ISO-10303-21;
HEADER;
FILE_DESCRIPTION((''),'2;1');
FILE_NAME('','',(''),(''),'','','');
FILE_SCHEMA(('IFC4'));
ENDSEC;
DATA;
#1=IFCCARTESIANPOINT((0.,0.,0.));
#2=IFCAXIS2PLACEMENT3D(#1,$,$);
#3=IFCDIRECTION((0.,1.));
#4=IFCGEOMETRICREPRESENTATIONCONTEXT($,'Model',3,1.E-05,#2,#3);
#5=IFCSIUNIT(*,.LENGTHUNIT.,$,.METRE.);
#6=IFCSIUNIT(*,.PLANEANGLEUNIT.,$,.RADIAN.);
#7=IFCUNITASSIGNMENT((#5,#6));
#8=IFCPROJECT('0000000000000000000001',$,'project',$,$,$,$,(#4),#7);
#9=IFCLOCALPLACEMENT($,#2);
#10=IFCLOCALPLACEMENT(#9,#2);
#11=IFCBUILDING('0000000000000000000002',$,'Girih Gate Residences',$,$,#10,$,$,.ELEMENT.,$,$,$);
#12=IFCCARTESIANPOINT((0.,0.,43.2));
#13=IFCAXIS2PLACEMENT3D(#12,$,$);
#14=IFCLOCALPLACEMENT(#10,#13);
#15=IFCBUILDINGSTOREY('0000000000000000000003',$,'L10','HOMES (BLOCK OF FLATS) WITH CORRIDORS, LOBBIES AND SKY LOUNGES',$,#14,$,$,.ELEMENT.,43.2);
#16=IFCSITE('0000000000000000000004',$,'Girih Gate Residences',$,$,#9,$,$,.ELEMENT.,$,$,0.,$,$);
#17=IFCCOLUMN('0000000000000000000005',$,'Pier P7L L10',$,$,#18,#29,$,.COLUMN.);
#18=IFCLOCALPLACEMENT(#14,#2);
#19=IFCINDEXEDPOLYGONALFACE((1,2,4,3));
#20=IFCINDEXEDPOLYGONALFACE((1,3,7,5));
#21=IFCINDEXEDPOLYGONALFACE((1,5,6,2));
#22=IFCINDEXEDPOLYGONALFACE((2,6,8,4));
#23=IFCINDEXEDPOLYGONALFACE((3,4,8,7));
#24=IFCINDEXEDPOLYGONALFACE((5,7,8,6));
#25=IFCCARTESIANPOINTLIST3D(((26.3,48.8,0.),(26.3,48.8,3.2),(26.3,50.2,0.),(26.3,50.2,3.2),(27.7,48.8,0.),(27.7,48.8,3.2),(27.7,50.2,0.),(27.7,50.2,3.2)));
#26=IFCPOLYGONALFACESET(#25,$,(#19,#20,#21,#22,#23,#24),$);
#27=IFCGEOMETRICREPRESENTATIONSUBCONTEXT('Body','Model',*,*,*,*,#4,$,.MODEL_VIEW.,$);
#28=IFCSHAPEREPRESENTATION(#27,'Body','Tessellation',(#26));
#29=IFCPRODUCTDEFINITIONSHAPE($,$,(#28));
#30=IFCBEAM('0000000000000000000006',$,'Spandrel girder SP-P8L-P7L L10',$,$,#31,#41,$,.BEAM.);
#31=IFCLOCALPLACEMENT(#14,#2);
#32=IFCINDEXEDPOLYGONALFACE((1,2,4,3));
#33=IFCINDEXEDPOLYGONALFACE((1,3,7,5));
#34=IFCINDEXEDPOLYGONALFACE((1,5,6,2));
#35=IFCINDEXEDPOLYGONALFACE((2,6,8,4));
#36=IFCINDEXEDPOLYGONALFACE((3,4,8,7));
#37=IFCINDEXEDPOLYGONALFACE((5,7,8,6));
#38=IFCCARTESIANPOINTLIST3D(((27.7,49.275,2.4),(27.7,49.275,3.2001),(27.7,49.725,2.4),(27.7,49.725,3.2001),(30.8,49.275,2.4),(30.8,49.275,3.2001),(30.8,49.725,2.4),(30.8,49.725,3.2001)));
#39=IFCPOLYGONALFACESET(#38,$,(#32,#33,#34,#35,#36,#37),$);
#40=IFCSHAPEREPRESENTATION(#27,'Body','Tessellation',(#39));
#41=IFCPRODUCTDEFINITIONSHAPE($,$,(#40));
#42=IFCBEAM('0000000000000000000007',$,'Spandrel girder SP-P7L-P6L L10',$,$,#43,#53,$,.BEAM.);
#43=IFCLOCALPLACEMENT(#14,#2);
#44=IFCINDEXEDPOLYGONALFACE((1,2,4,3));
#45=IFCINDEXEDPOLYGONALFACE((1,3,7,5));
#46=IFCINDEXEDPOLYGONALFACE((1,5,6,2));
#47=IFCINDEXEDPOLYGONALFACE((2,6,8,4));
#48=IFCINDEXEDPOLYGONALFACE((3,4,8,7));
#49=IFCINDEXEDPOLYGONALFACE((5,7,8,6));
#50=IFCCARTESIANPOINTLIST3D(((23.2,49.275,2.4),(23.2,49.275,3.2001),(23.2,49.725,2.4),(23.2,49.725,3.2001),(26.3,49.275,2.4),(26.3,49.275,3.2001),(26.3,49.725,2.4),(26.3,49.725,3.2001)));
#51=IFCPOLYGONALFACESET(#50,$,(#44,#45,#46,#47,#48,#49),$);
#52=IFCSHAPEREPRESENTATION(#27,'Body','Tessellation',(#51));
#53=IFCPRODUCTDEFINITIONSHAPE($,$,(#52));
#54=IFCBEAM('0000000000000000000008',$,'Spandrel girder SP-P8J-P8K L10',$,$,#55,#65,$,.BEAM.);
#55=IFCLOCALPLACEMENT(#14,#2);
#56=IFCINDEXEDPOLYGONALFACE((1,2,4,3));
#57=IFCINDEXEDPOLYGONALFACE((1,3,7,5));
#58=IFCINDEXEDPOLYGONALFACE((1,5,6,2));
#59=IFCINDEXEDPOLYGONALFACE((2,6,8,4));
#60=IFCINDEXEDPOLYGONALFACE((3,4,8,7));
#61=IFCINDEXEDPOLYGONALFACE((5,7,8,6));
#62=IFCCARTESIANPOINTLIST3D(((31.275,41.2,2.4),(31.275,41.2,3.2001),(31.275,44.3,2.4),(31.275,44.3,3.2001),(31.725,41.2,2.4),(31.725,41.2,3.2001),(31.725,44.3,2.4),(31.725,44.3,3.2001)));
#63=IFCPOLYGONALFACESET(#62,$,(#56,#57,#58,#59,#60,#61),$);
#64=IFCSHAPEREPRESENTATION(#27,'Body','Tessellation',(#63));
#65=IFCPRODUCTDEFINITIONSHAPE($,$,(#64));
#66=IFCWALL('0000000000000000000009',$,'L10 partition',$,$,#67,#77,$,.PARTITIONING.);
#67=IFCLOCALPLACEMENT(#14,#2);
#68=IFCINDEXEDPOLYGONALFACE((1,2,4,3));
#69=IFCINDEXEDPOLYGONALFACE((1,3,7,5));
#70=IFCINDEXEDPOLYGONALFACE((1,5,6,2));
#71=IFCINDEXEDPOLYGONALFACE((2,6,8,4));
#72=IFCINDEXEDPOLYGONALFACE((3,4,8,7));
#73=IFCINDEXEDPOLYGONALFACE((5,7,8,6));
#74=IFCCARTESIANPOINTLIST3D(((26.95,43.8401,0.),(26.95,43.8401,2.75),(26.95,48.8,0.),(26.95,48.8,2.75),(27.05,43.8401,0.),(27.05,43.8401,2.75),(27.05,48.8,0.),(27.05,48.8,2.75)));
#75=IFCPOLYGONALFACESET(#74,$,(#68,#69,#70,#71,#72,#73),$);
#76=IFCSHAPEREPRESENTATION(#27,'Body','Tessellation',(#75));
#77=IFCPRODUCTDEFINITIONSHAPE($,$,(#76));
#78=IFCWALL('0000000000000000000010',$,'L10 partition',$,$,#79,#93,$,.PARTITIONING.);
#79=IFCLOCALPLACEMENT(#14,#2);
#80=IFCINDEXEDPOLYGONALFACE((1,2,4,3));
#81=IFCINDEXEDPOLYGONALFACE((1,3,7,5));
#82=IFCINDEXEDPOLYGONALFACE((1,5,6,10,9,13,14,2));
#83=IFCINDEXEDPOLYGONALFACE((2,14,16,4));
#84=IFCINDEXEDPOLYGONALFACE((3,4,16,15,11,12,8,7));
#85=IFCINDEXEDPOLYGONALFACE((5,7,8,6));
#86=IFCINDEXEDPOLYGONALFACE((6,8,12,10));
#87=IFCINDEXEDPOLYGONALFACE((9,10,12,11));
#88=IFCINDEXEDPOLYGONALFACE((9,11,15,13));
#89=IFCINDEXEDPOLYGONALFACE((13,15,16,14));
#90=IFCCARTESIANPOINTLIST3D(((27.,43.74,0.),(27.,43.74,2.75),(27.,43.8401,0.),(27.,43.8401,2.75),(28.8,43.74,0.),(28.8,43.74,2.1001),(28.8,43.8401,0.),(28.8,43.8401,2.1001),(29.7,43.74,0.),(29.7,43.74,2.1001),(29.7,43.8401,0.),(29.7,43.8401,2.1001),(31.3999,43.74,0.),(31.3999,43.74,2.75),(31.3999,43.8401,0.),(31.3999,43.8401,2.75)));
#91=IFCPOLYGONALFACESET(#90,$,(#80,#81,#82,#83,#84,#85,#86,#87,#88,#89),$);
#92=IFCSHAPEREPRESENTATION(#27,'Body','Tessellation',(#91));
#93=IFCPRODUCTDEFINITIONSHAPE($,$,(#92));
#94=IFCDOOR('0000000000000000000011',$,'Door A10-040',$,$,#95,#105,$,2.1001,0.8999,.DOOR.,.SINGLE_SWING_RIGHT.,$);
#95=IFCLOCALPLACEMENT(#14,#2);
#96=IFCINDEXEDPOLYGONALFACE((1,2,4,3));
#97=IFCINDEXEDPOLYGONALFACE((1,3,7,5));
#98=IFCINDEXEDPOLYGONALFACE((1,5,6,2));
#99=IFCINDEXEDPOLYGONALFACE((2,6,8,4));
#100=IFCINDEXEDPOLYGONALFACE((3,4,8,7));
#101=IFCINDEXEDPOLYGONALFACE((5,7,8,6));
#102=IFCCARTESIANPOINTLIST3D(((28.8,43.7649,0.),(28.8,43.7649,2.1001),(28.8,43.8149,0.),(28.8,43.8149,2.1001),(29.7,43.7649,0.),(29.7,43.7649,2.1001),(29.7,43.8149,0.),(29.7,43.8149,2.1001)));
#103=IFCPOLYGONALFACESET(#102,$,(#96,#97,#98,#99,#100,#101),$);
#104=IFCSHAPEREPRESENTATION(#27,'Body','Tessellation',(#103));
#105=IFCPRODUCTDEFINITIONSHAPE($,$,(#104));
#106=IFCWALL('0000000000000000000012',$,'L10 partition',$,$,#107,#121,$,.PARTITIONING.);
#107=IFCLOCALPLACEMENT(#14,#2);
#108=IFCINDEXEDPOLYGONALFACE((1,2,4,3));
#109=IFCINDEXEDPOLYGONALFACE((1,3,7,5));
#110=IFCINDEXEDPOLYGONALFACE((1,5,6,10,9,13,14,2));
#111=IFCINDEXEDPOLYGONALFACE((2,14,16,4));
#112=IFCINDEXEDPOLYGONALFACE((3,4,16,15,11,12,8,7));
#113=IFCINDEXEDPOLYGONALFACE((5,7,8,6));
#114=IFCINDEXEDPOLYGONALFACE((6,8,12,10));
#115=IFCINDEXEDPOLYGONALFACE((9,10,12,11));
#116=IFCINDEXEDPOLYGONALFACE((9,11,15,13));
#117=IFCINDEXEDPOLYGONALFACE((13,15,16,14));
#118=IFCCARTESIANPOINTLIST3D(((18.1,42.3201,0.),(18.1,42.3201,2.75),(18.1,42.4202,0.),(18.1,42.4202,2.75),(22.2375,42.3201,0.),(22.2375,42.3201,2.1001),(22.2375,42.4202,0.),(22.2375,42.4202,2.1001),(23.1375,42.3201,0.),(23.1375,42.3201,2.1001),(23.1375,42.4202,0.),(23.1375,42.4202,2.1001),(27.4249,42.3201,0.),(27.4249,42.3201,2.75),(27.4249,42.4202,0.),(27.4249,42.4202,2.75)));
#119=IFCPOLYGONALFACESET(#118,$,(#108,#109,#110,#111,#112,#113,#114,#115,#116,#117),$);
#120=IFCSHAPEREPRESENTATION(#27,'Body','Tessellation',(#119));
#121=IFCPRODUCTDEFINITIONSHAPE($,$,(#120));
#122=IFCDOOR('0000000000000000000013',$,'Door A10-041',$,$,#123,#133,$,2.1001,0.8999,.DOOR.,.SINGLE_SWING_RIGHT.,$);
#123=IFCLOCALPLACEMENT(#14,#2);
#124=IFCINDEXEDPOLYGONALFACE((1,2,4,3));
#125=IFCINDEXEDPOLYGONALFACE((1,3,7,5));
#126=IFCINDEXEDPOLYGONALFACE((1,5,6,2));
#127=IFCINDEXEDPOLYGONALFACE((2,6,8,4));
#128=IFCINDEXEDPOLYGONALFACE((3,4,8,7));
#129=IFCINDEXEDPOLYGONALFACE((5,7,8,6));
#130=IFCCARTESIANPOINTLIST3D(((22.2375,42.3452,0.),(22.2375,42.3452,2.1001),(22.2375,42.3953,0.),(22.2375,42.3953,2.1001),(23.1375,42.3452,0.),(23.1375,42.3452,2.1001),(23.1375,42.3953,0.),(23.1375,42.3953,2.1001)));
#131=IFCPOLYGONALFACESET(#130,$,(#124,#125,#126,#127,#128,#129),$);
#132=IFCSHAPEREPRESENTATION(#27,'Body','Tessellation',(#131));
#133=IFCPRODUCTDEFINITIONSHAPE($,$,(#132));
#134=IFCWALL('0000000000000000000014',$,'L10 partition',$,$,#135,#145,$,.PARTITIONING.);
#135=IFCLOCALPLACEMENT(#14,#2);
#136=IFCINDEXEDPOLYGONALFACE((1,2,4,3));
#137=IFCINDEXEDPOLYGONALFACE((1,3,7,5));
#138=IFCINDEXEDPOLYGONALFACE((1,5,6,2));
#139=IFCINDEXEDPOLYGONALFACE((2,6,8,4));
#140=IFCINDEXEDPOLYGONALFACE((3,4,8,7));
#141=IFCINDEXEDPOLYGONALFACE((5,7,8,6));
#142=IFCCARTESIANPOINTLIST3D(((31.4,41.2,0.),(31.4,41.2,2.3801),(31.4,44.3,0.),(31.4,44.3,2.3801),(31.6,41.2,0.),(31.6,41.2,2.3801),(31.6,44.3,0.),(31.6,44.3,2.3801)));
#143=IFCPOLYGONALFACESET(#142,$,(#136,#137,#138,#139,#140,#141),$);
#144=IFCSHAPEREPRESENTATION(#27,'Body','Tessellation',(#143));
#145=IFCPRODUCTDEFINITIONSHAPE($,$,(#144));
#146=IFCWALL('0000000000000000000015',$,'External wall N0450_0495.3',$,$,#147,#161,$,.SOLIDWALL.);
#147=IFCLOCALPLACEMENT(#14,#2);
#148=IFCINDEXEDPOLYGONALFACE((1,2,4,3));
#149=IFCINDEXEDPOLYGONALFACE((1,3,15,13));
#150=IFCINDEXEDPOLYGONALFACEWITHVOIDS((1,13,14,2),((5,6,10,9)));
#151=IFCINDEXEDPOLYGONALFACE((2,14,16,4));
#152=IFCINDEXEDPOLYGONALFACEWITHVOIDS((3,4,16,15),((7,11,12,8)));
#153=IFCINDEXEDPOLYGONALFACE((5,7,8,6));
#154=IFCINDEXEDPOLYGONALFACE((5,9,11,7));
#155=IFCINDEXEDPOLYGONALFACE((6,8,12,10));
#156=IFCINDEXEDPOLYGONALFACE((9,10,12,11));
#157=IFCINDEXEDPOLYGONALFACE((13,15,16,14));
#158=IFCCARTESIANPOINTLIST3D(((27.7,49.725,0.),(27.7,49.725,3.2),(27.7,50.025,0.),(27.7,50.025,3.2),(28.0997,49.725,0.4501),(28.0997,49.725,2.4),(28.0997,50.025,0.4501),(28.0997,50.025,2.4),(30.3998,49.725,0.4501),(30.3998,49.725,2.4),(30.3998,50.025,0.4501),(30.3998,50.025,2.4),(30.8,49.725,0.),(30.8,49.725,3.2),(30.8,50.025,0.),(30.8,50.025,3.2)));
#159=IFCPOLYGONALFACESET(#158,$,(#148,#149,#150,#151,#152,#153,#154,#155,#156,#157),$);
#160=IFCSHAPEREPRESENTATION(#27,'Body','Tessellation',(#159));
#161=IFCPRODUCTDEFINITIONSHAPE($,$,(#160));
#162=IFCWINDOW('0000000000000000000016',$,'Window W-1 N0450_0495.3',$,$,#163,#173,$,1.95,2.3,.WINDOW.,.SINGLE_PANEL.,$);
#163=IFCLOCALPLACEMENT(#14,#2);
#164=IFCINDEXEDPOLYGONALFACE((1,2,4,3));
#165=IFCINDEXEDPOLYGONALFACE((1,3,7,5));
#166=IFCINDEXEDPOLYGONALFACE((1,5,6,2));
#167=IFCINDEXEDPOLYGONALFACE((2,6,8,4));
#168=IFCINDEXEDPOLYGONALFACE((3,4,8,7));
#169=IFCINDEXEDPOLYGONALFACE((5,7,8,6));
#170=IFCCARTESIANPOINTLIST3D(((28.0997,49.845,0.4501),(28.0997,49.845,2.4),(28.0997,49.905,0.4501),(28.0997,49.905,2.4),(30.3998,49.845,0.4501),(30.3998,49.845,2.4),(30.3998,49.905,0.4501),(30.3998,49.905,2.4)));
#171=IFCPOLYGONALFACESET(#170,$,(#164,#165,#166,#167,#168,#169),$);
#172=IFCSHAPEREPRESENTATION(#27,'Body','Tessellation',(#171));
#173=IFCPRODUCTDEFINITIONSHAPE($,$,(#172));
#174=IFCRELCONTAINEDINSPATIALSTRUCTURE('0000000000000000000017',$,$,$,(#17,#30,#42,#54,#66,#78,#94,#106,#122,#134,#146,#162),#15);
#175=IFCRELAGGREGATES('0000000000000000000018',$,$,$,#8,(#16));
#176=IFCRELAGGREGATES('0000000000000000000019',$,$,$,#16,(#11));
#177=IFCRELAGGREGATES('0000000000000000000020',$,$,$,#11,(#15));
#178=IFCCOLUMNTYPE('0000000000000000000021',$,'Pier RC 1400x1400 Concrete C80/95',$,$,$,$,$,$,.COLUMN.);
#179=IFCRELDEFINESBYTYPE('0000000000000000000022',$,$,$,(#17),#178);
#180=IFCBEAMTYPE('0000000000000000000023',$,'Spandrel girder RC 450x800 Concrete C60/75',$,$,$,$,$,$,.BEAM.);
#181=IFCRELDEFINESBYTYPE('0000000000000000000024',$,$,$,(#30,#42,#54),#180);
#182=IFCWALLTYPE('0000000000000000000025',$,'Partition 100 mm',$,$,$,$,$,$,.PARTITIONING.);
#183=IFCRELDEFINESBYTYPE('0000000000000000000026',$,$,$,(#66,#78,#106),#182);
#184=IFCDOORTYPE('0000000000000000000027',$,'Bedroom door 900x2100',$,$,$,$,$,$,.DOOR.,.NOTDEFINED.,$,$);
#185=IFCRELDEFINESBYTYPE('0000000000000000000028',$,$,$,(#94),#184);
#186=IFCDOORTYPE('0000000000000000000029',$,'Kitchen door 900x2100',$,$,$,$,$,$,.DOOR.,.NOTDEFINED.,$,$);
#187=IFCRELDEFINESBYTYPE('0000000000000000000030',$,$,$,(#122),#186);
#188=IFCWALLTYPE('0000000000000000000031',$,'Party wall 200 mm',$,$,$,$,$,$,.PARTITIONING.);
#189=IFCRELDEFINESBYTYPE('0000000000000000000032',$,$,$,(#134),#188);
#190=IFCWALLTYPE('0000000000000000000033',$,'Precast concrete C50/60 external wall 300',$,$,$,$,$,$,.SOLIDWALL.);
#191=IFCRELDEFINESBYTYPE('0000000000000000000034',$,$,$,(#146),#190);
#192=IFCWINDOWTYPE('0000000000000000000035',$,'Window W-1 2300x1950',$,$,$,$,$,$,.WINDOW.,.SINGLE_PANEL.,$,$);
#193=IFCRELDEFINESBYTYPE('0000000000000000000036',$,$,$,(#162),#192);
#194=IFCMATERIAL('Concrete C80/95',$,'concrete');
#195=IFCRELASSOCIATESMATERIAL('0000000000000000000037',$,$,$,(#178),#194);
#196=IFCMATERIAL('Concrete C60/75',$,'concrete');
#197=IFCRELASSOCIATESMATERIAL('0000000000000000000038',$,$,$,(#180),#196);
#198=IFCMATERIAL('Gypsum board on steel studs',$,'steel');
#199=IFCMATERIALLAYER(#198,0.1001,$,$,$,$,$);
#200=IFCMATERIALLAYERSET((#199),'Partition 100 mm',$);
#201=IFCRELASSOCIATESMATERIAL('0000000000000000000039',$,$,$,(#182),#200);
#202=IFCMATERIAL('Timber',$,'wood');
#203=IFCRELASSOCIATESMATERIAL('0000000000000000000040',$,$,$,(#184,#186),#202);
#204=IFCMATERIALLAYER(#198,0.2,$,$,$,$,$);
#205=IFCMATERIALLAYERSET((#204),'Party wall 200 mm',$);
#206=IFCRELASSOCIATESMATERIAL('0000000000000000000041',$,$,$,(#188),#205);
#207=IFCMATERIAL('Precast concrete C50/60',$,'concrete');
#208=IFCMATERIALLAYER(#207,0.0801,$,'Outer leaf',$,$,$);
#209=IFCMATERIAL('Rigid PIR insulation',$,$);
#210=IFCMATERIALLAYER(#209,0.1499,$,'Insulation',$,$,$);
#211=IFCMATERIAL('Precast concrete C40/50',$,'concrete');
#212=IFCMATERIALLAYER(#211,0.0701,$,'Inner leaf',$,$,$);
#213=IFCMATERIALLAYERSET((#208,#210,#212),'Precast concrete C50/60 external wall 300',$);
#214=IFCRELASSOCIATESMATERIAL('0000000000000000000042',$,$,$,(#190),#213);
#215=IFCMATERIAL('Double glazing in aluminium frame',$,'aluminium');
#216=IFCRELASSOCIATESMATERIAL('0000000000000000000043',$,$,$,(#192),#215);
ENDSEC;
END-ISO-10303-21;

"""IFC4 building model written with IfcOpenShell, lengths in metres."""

from ifc_helpers import new_model, si_unit, direction, frame, frame_2d, origin, origin_2d, place, context, subcontext, project, spatial, rectangle, extrude, material, layer, layer_set, material_profile, profile_set, type_object, element, fill, save


model = new_model("IFC4")

# Units and contexts
model_context = context("Model", 3, precision=1e-05, world=origin(), true_north=direction((0.0, 1.0)))
body_context = subcontext(model_context, "Body", "Model", "MODEL_VIEW")
ifc_project = project(units=[si_unit("LENGTHUNIT", "METRE"), si_unit("PLANEANGLEUNIT", "RADIAN")], contexts=[model_context])

# Site, building, storey
site_placement = place(None, origin())
site = spatial("IfcSite", under=ifc_project, at=site_placement, Name="Girih Gate Residences", CompositionType="ELEMENT", RefElevation=0.0)
building_placement = place(site_placement, origin())
building = spatial("IfcBuilding", under=site, at=building_placement, Name="Girih Gate Residences", CompositionType="ELEMENT")
storey_placement = place(building_placement, frame((0.0, 0.0, 43.2)))
storey = spatial("IfcBuildingStorey", under=building, at=storey_placement, Name="L10", Description="HOMES (BLOCK OF FLATS) WITH CORRIDORS, LOBBIES AND SKY LOUNGES", CompositionType="ELEMENT", Elevation=43.2)

# Column
ifc_material_1 = material(Name="Concrete C80/95", Category="concrete")
ifc_material_profile_1 = material_profile(ifc_material_1, rectangle(XDim=1.3999, YDim=1.3999, at=origin_2d()))
ifc_profile_set_1 = profile_set([ifc_material_profile_1], Name="Concrete C80/95")
column_type = type_object("IfcColumnType", Name="Pier RC 1400x1400 Concrete C80/95", PredefinedType="COLUMN", material=ifc_profile_set_1)
column_placement = place(storey_placement, frame((27.0, 49.5, 0.0), z_axis=(0.0, 0.0, 1.0), x_axis=(1.0, 0.0, 0.0)))
element("IfcColumn", 1, at=column_placement, inside=storey, type_object=column_type, Name="Pier P7L L10", PredefinedType="COLUMN", context=body_context, shape_type="SweptSolid", body=[
    extrude(rectangle(XDim=1.3999, YDim=1.3999, at=origin_2d()), origin(), (0.0, 0.0, 1.0), 3.2),
])

# Beams
ifc_material_2 = material(Name="Concrete C60/75", Category="concrete")
ifc_material_profile_2 = material_profile(ifc_material_2, rectangle(XDim=0.45, YDim=0.8, at=origin_2d()))
ifc_profile_set_2 = profile_set([ifc_material_profile_2], Name="Concrete C60/75")
beam_type = type_object("IfcBeamType", Name="Spandrel girder RC 450x800 Concrete C60/75", PredefinedType="BEAM", material=ifc_profile_set_2)
for number, where, z_axis, x_axis, name in (
    (2, (30.8, 49.5, 2.8), (-1.0, 0.0, 0.0), (0.0, -1.0, 0.0), "Spandrel girder SP-P8L-P7L L10"),
    (3, (26.3, 49.5, 2.8), (-1.0, 0.0, 0.0), (0.0, -1.0, 0.0), "Spandrel girder SP-P7L-P6L L10"),
    (4, (31.5, 41.2, 2.8), (0.0, 1.0, 0.0), (-1.0, 0.0, 0.0), "Spandrel girder SP-P8J-P8K L10"),
):
    element("IfcBeam", number, at=place(storey_placement, frame(where, z_axis=z_axis, x_axis=x_axis)), inside=storey, type_object=beam_type, Name=name, PredefinedType="BEAM", context=body_context, shape_type="SweptSolid", body=[
        extrude(rectangle(XDim=0.45, YDim=0.8, at=origin_2d()), origin(), (0.0, 0.0, 1.0), 3.1001),
    ])

# Wall
ifc_material_3 = material(Name="Gypsum board on steel studs", Category="steel")
ifc_layer_1 = layer(ifc_material_3, 0.1001)
ifc_layer_set_1 = layer_set([ifc_layer_1], Name="Partition 100 mm")
wall_type_1 = type_object("IfcWallType", Name="Partition 100 mm", PredefinedType="PARTITIONING", material=ifc_layer_set_1)
wall_1_placement = place(storey_placement, frame((27.0, 43.8401, 0.0), z_axis=(0.0, 0.0, 1.0), x_axis=(0.0, 1.0, 0.0)))
element("IfcWall", 5, at=wall_1_placement, inside=storey, type_object=wall_type_1, Name="L10 partition", PredefinedType="PARTITIONING", context=body_context, shape_type="SweptSolid", body=[
    extrude(rectangle(XDim=4.96, YDim=0.1001, at=frame_2d((2.48, 0.0))), origin(), (0.0, 0.0, 1.0), 2.75),
])

# Walls, openings, doors
wall_2_placement = place(storey_placement, frame((27.0, 43.79, 0.0), z_axis=(0.0, 0.0, 1.0), x_axis=(1.0, 0.0, 0.0)))
wall_2 = element("IfcWall", 6, at=wall_2_placement, inside=storey, type_object=wall_type_1, Name="L10 partition", PredefinedType="PARTITIONING", context=body_context, shape_type="SweptSolid", body=[
    extrude(rectangle(XDim=4.3999, YDim=0.1001, at=frame_2d((2.2, 0.0))), origin(), (0.0, 0.0, 1.0), 2.75),
])
opening_1_placement = place(wall_2_placement, frame((1.8, 0.0, 0.0)))
opening_1 = element("IfcOpeningElement", 7, at=opening_1_placement, cuts=wall_2, PredefinedType="OPENING", context=body_context, shape_type="SweptSolid", body=[
    extrude(rectangle(XDim=0.8999, YDim=2.1001, at=frame_2d((0.45, 1.05))), frame((0.0, 0.0601, 0.0), z_axis=(0.0, -1.0, 0.0), x_axis=(1.0, 0.0, 0.0)), (0.0, 0.0, 1.0), 0.1201),
])
ifc_material_4 = material(Name="Timber", Category="wood")
door_type_1 = type_object("IfcDoorType", Name="Bedroom door 900x2100", OperationType="NOTDEFINED", PredefinedType="DOOR", material=ifc_material_4)
door_1_placement = place(opening_1_placement, origin())
door_1 = element("IfcDoor", 8, at=door_1_placement, inside=storey, type_object=door_type_1, Name="Door A10-040", OperationType="SINGLE_SWING_RIGHT", OverallHeight=2.1001, OverallWidth=0.8999, PredefinedType="DOOR", context=body_context, shape_type="SweptSolid", body=[
    extrude(rectangle(XDim=0.8999, YDim=2.1001, at=frame_2d((0.45, 1.05))), frame((0.0, 0.0249, 0.0), z_axis=(0.0, -1.0, 0.0), x_axis=(1.0, 0.0, 0.0)), (0.0, 0.0, 1.0), 0.05),
])
fill(opening_1, door_1)
wall_3_placement = place(storey_placement, frame((27.425, 42.3701, 0.0), z_axis=(0.0, 0.0, 1.0), x_axis=(-1.0, 0.0, 0.0)))
wall_3 = element("IfcWall", 9, at=wall_3_placement, inside=storey, type_object=wall_type_1, Name="L10 partition", PredefinedType="PARTITIONING", context=body_context, shape_type="SweptSolid", body=[
    extrude(rectangle(XDim=9.325, YDim=0.1001, at=frame_2d((4.6626, 0.0))), origin(), (0.0, 0.0, 1.0), 2.75),
])
opening_2_placement = place(wall_3_placement, frame((4.2876, 0.0, 0.0)))
opening_2 = element("IfcOpeningElement", 10, at=opening_2_placement, cuts=wall_3, PredefinedType="OPENING", context=body_context, shape_type="SweptSolid", body=[
    extrude(rectangle(XDim=0.8999, YDim=2.1001, at=frame_2d((0.45, 1.05))), frame((0.0, 0.0601, 0.0), z_axis=(0.0, -1.0, 0.0), x_axis=(1.0, 0.0, 0.0)), (0.0, 0.0, 1.0), 0.1201),
])
door_type_2 = type_object("IfcDoorType", Name="Kitchen door 900x2100", OperationType="NOTDEFINED", PredefinedType="DOOR", material=ifc_material_4)
door_2_placement = place(opening_2_placement, origin())
door_2 = element("IfcDoor", 11, at=door_2_placement, inside=storey, type_object=door_type_2, Name="Door A10-041", OperationType="SINGLE_SWING_RIGHT", OverallHeight=2.1001, OverallWidth=0.8999, PredefinedType="DOOR", context=body_context, shape_type="SweptSolid", body=[
    extrude(rectangle(XDim=0.8999, YDim=2.1001, at=frame_2d((0.45, 1.05))), frame((0.0, 0.0249, 0.0), z_axis=(0.0, -1.0, 0.0), x_axis=(1.0, 0.0, 0.0)), (0.0, 0.0, 1.0), 0.05),
])
fill(opening_2, door_2)

# Wall
ifc_layer_2 = layer(ifc_material_3, 0.2)
ifc_layer_set_2 = layer_set([ifc_layer_2], Name="Party wall 200 mm")
wall_type_2 = type_object("IfcWallType", Name="Party wall 200 mm", PredefinedType="PARTITIONING", material=ifc_layer_set_2)
wall_4_placement = place(storey_placement, frame((31.5, 41.2, 0.0), z_axis=(0.0, 0.0, 1.0), x_axis=(0.0, 1.0, 0.0)))
element("IfcWall", 12, at=wall_4_placement, inside=storey, type_object=wall_type_2, Name="L10 partition", PredefinedType="PARTITIONING", context=body_context, shape_type="SweptSolid", body=[
    extrude(rectangle(XDim=3.1001, YDim=0.2, at=frame_2d((1.55, 0.0))), origin(), (0.0, 0.0, 1.0), 2.3801),
])

# Wall, opening, window
ifc_material_5 = material(Name="Precast concrete C50/60", Category="concrete")
ifc_layer_3 = layer(ifc_material_5, 0.0801, Name="Outer leaf")
ifc_material_6 = material(Name="Rigid PIR insulation")
ifc_layer_4 = layer(ifc_material_6, 0.1499, Name="Insulation")
ifc_material_7 = material(Name="Precast concrete C40/50", Category="concrete")
ifc_layer_5 = layer(ifc_material_7, 0.0701, Name="Inner leaf")
ifc_layer_set_3 = layer_set([ifc_layer_3, ifc_layer_4, ifc_layer_5], Name="Precast concrete C50/60 external wall 300")
wall_type_3 = type_object("IfcWallType", Name="Precast concrete C50/60 external wall 300", PredefinedType="SOLIDWALL", material=ifc_layer_set_3)
wall_5_placement = place(storey_placement, frame((27.7, 49.875, 0.0), z_axis=(0.0, 0.0, 1.0), x_axis=(1.0, 0.0, 0.0)))
wall_5 = element("IfcWall", 13, at=wall_5_placement, inside=storey, type_object=wall_type_3, Name="External wall N0450_0495.3", PredefinedType="SOLIDWALL", context=body_context, shape_type="SweptSolid", body=[
    extrude(rectangle(XDim=3.1001, YDim=0.3, at=frame_2d((1.55, 0.0))), origin(), (0.0, 0.0, 1.0), 3.2),
])
opening_3_placement = place(wall_5_placement, frame((0.3999, 0.0, 0.45)))
opening_3 = element("IfcOpeningElement", 14, at=opening_3_placement, cuts=wall_5, PredefinedType="OPENING", context=body_context, shape_type="SweptSolid", body=[
    extrude(rectangle(XDim=2.3, YDim=1.95, at=frame_2d((1.1499, 0.9751))), frame((0.0, 0.1599, 0.0), z_axis=(0.0, -1.0, 0.0), x_axis=(1.0, 0.0, 0.0)), (0.0, 0.0, 1.0), 0.3201),
])
ifc_material_8 = material(Name="Double glazing in aluminium frame", Category="aluminium")
window_type = type_object("IfcWindowType", Name="Window W-1 2300x1950", PartitioningType="SINGLE_PANEL", PredefinedType="WINDOW", material=ifc_material_8)
window_1_placement = place(opening_3_placement, origin())
window_1 = element("IfcWindow", 15, at=window_1_placement, inside=storey, type_object=window_type, Name="Window W-1 N0450_0495.3", OverallHeight=1.95, OverallWidth=2.3, PartitioningType="SINGLE_PANEL", PredefinedType="WINDOW", context=body_context, shape_type="SweptSolid", body=[
    extrude(rectangle(XDim=2.3, YDim=1.95, at=frame_2d((1.1499, 0.9751))), frame((0.0, 0.03, 0.0), z_axis=(0.0, -1.0, 0.0), x_axis=(1.0, 0.0, 0.0)), (0.0, 0.0, 1.0), 0.0601),
])
fill(opening_3, window_1)

save(model, "model.ifc")
